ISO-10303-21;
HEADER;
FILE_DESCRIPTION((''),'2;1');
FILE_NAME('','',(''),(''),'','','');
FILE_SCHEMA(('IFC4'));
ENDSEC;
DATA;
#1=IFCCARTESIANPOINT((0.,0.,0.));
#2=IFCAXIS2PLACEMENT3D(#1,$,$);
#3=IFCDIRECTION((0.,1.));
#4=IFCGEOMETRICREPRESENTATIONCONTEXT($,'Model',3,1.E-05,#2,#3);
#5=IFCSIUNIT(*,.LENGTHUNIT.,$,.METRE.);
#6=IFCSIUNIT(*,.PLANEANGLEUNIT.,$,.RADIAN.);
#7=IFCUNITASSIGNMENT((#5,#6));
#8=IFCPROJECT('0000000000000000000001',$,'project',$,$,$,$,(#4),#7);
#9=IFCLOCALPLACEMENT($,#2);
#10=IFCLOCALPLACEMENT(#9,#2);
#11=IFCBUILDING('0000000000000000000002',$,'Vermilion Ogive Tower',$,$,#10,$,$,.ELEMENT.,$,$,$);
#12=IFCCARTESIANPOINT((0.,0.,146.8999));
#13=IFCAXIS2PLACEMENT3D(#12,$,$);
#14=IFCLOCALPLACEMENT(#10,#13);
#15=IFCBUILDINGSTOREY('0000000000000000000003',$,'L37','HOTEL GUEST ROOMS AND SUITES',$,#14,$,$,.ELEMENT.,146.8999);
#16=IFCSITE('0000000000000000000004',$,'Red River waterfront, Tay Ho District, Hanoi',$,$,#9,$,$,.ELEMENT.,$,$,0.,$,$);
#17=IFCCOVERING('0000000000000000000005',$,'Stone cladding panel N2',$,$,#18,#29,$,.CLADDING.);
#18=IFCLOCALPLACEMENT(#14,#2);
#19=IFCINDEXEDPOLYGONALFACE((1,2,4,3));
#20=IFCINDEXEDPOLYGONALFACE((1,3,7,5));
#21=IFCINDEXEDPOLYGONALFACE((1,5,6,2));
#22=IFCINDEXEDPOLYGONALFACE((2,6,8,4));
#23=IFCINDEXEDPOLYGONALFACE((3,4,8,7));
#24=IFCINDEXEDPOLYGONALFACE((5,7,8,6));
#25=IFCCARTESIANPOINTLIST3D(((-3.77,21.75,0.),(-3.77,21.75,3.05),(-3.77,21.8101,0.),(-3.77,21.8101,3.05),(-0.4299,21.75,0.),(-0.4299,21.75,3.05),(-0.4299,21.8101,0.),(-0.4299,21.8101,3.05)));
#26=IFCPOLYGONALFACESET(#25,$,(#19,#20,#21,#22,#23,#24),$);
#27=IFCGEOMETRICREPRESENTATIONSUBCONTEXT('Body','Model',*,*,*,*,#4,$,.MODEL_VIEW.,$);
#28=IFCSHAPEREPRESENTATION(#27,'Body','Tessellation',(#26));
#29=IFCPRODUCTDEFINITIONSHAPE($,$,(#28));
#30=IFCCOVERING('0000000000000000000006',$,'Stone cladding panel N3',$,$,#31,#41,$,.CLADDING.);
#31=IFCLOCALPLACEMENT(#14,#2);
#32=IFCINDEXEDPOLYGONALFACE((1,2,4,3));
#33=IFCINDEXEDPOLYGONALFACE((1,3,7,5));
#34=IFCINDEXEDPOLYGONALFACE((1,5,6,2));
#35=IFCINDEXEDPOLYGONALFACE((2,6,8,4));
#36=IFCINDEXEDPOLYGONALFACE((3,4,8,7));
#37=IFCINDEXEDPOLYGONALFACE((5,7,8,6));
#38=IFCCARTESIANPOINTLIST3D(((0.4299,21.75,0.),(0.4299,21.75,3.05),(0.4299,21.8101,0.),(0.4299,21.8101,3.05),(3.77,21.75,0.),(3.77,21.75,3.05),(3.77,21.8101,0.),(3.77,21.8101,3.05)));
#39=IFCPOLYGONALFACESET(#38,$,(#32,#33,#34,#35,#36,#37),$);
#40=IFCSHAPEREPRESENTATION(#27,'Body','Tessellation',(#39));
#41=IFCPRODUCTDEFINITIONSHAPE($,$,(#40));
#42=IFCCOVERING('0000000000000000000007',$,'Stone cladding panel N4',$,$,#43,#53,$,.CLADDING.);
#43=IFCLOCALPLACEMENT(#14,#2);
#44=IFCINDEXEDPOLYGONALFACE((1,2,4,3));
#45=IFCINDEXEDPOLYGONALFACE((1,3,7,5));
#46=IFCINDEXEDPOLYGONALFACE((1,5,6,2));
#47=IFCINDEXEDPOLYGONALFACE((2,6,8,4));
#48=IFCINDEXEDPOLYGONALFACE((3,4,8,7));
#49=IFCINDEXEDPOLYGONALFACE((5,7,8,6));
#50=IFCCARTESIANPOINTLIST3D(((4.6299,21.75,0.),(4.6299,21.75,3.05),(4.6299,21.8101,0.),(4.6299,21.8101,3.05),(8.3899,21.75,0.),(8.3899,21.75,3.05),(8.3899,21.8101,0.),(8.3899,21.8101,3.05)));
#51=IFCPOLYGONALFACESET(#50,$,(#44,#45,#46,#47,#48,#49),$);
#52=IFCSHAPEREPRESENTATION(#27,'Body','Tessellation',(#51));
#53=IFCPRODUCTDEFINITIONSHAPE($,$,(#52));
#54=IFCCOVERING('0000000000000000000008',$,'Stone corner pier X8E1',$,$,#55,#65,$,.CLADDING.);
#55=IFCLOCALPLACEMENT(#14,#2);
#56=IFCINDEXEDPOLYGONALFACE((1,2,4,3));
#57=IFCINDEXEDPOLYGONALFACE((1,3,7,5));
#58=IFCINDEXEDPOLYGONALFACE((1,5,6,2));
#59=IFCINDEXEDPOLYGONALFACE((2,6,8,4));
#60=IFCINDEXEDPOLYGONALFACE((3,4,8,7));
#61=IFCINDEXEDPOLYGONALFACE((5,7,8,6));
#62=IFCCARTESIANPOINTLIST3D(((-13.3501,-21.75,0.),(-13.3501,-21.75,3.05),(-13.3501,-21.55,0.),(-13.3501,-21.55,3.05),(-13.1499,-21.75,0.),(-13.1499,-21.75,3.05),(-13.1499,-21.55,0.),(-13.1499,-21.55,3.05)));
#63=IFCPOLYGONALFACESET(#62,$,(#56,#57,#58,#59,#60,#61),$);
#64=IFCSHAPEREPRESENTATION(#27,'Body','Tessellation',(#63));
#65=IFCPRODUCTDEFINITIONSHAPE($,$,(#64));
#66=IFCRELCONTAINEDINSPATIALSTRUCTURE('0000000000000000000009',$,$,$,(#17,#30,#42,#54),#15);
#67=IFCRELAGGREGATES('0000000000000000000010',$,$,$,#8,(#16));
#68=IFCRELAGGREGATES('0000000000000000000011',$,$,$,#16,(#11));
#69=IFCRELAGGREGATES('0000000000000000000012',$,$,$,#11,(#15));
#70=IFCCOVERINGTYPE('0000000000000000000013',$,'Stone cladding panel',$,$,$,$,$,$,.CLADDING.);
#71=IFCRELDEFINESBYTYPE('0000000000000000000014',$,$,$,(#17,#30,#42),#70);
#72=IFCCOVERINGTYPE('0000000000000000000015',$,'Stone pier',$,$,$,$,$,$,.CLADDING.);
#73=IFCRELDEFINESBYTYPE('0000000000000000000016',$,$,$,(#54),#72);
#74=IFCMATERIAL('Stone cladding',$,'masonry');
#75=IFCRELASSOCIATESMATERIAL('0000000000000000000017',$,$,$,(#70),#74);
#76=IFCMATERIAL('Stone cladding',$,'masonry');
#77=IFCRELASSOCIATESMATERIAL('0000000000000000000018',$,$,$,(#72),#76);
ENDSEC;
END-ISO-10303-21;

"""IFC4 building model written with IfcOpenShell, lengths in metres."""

from ifc_helpers import new_model, si_unit, direction, frame, origin, place, context, subcontext, project, spatial, polyline, outline, extrude, material, type_object, element, save


model = new_model("IFC4")

# Units and contexts
model_context = context("Model", 3, precision=1e-05, world=origin(), true_north=direction((0.0, 1.0)))
body_context = subcontext(model_context, "Body", "Model", "MODEL_VIEW")
ifc_project = project(units=[si_unit("LENGTHUNIT", "METRE"), si_unit("PLANEANGLEUNIT", "RADIAN")], contexts=[model_context])

# Site, building, storey
site_placement = place(None, origin())
site = spatial("IfcSite", under=ifc_project, at=site_placement, Name="Red River waterfront, Tay Ho District, Hanoi", CompositionType="ELEMENT", RefElevation=0.0)
building_placement = place(site_placement, origin())
building = spatial("IfcBuilding", under=site, at=building_placement, Name="Vermilion Ogive Tower", CompositionType="ELEMENT")
storey_placement = place(building_placement, frame((0.0, 0.0, 146.8999)))
storey = spatial("IfcBuildingStorey", under=building, at=storey_placement, Name="L37", Description="HOTEL GUEST ROOMS AND SUITES", CompositionType="ELEMENT", Elevation=146.8999)

# Coverings
ifc_material_1 = material(Name="Stone cladding", Category="masonry")
covering_type_1 = type_object("IfcCoveringType", Name="Stone cladding panel", PredefinedType="CLADDING", material=ifc_material_1)
covering_1_placement = place(storey_placement, origin())
element("IfcCovering", 1, at=covering_1_placement, inside=storey, type_object=covering_type_1, Name="Stone cladding panel N2", PredefinedType="CLADDING", context=body_context, shape_type="SweptSolid", body=[
    extrude(outline(polyline([(-3.77, 21.75), (-0.4299, 21.75), (-0.4299, 21.8101), (-3.77, 21.8101), (-3.77, 21.75)])), origin(), (0.0, 0.0, 1.0), 3.05),
])
covering_2_placement = place(storey_placement, origin())
element("IfcCovering", 2, at=covering_2_placement, inside=storey, type_object=covering_type_1, Name="Stone cladding panel N3", PredefinedType="CLADDING", context=body_context, shape_type="SweptSolid", body=[
    extrude(outline(polyline([(0.4299, 21.75), (3.77, 21.75), (3.77, 21.8101), (0.4299, 21.8101), (0.4299, 21.75)])), origin(), (0.0, 0.0, 1.0), 3.05),
])
covering_3_placement = place(storey_placement, origin())
element("IfcCovering", 3, at=covering_3_placement, inside=storey, type_object=covering_type_1, Name="Stone cladding panel N4", PredefinedType="CLADDING", context=body_context, shape_type="SweptSolid", body=[
    extrude(outline(polyline([(4.6299, 21.75), (8.3899, 21.75), (8.3899, 21.8101), (4.6299, 21.8101), (4.6299, 21.75)])), origin(), (0.0, 0.0, 1.0), 3.05),
])
ifc_material_2 = material(Name="Stone cladding", Category="masonry")
covering_type_2 = type_object("IfcCoveringType", Name="Stone pier", PredefinedType="CLADDING", material=ifc_material_2)
covering_4_placement = place(storey_placement, origin())
element("IfcCovering", 4, at=covering_4_placement, inside=storey, type_object=covering_type_2, Name="Stone corner pier X8E1", PredefinedType="CLADDING", context=body_context, shape_type="SweptSolid", body=[
    extrude(outline(polyline([(-13.3501, -21.55), (-13.1499, -21.55), (-13.1499, -21.75), (-13.3501, -21.75), (-13.3501, -21.55)])), origin(), (0.0, 0.0, 1.0), 3.05),
])

save(model, "model.ifc")
